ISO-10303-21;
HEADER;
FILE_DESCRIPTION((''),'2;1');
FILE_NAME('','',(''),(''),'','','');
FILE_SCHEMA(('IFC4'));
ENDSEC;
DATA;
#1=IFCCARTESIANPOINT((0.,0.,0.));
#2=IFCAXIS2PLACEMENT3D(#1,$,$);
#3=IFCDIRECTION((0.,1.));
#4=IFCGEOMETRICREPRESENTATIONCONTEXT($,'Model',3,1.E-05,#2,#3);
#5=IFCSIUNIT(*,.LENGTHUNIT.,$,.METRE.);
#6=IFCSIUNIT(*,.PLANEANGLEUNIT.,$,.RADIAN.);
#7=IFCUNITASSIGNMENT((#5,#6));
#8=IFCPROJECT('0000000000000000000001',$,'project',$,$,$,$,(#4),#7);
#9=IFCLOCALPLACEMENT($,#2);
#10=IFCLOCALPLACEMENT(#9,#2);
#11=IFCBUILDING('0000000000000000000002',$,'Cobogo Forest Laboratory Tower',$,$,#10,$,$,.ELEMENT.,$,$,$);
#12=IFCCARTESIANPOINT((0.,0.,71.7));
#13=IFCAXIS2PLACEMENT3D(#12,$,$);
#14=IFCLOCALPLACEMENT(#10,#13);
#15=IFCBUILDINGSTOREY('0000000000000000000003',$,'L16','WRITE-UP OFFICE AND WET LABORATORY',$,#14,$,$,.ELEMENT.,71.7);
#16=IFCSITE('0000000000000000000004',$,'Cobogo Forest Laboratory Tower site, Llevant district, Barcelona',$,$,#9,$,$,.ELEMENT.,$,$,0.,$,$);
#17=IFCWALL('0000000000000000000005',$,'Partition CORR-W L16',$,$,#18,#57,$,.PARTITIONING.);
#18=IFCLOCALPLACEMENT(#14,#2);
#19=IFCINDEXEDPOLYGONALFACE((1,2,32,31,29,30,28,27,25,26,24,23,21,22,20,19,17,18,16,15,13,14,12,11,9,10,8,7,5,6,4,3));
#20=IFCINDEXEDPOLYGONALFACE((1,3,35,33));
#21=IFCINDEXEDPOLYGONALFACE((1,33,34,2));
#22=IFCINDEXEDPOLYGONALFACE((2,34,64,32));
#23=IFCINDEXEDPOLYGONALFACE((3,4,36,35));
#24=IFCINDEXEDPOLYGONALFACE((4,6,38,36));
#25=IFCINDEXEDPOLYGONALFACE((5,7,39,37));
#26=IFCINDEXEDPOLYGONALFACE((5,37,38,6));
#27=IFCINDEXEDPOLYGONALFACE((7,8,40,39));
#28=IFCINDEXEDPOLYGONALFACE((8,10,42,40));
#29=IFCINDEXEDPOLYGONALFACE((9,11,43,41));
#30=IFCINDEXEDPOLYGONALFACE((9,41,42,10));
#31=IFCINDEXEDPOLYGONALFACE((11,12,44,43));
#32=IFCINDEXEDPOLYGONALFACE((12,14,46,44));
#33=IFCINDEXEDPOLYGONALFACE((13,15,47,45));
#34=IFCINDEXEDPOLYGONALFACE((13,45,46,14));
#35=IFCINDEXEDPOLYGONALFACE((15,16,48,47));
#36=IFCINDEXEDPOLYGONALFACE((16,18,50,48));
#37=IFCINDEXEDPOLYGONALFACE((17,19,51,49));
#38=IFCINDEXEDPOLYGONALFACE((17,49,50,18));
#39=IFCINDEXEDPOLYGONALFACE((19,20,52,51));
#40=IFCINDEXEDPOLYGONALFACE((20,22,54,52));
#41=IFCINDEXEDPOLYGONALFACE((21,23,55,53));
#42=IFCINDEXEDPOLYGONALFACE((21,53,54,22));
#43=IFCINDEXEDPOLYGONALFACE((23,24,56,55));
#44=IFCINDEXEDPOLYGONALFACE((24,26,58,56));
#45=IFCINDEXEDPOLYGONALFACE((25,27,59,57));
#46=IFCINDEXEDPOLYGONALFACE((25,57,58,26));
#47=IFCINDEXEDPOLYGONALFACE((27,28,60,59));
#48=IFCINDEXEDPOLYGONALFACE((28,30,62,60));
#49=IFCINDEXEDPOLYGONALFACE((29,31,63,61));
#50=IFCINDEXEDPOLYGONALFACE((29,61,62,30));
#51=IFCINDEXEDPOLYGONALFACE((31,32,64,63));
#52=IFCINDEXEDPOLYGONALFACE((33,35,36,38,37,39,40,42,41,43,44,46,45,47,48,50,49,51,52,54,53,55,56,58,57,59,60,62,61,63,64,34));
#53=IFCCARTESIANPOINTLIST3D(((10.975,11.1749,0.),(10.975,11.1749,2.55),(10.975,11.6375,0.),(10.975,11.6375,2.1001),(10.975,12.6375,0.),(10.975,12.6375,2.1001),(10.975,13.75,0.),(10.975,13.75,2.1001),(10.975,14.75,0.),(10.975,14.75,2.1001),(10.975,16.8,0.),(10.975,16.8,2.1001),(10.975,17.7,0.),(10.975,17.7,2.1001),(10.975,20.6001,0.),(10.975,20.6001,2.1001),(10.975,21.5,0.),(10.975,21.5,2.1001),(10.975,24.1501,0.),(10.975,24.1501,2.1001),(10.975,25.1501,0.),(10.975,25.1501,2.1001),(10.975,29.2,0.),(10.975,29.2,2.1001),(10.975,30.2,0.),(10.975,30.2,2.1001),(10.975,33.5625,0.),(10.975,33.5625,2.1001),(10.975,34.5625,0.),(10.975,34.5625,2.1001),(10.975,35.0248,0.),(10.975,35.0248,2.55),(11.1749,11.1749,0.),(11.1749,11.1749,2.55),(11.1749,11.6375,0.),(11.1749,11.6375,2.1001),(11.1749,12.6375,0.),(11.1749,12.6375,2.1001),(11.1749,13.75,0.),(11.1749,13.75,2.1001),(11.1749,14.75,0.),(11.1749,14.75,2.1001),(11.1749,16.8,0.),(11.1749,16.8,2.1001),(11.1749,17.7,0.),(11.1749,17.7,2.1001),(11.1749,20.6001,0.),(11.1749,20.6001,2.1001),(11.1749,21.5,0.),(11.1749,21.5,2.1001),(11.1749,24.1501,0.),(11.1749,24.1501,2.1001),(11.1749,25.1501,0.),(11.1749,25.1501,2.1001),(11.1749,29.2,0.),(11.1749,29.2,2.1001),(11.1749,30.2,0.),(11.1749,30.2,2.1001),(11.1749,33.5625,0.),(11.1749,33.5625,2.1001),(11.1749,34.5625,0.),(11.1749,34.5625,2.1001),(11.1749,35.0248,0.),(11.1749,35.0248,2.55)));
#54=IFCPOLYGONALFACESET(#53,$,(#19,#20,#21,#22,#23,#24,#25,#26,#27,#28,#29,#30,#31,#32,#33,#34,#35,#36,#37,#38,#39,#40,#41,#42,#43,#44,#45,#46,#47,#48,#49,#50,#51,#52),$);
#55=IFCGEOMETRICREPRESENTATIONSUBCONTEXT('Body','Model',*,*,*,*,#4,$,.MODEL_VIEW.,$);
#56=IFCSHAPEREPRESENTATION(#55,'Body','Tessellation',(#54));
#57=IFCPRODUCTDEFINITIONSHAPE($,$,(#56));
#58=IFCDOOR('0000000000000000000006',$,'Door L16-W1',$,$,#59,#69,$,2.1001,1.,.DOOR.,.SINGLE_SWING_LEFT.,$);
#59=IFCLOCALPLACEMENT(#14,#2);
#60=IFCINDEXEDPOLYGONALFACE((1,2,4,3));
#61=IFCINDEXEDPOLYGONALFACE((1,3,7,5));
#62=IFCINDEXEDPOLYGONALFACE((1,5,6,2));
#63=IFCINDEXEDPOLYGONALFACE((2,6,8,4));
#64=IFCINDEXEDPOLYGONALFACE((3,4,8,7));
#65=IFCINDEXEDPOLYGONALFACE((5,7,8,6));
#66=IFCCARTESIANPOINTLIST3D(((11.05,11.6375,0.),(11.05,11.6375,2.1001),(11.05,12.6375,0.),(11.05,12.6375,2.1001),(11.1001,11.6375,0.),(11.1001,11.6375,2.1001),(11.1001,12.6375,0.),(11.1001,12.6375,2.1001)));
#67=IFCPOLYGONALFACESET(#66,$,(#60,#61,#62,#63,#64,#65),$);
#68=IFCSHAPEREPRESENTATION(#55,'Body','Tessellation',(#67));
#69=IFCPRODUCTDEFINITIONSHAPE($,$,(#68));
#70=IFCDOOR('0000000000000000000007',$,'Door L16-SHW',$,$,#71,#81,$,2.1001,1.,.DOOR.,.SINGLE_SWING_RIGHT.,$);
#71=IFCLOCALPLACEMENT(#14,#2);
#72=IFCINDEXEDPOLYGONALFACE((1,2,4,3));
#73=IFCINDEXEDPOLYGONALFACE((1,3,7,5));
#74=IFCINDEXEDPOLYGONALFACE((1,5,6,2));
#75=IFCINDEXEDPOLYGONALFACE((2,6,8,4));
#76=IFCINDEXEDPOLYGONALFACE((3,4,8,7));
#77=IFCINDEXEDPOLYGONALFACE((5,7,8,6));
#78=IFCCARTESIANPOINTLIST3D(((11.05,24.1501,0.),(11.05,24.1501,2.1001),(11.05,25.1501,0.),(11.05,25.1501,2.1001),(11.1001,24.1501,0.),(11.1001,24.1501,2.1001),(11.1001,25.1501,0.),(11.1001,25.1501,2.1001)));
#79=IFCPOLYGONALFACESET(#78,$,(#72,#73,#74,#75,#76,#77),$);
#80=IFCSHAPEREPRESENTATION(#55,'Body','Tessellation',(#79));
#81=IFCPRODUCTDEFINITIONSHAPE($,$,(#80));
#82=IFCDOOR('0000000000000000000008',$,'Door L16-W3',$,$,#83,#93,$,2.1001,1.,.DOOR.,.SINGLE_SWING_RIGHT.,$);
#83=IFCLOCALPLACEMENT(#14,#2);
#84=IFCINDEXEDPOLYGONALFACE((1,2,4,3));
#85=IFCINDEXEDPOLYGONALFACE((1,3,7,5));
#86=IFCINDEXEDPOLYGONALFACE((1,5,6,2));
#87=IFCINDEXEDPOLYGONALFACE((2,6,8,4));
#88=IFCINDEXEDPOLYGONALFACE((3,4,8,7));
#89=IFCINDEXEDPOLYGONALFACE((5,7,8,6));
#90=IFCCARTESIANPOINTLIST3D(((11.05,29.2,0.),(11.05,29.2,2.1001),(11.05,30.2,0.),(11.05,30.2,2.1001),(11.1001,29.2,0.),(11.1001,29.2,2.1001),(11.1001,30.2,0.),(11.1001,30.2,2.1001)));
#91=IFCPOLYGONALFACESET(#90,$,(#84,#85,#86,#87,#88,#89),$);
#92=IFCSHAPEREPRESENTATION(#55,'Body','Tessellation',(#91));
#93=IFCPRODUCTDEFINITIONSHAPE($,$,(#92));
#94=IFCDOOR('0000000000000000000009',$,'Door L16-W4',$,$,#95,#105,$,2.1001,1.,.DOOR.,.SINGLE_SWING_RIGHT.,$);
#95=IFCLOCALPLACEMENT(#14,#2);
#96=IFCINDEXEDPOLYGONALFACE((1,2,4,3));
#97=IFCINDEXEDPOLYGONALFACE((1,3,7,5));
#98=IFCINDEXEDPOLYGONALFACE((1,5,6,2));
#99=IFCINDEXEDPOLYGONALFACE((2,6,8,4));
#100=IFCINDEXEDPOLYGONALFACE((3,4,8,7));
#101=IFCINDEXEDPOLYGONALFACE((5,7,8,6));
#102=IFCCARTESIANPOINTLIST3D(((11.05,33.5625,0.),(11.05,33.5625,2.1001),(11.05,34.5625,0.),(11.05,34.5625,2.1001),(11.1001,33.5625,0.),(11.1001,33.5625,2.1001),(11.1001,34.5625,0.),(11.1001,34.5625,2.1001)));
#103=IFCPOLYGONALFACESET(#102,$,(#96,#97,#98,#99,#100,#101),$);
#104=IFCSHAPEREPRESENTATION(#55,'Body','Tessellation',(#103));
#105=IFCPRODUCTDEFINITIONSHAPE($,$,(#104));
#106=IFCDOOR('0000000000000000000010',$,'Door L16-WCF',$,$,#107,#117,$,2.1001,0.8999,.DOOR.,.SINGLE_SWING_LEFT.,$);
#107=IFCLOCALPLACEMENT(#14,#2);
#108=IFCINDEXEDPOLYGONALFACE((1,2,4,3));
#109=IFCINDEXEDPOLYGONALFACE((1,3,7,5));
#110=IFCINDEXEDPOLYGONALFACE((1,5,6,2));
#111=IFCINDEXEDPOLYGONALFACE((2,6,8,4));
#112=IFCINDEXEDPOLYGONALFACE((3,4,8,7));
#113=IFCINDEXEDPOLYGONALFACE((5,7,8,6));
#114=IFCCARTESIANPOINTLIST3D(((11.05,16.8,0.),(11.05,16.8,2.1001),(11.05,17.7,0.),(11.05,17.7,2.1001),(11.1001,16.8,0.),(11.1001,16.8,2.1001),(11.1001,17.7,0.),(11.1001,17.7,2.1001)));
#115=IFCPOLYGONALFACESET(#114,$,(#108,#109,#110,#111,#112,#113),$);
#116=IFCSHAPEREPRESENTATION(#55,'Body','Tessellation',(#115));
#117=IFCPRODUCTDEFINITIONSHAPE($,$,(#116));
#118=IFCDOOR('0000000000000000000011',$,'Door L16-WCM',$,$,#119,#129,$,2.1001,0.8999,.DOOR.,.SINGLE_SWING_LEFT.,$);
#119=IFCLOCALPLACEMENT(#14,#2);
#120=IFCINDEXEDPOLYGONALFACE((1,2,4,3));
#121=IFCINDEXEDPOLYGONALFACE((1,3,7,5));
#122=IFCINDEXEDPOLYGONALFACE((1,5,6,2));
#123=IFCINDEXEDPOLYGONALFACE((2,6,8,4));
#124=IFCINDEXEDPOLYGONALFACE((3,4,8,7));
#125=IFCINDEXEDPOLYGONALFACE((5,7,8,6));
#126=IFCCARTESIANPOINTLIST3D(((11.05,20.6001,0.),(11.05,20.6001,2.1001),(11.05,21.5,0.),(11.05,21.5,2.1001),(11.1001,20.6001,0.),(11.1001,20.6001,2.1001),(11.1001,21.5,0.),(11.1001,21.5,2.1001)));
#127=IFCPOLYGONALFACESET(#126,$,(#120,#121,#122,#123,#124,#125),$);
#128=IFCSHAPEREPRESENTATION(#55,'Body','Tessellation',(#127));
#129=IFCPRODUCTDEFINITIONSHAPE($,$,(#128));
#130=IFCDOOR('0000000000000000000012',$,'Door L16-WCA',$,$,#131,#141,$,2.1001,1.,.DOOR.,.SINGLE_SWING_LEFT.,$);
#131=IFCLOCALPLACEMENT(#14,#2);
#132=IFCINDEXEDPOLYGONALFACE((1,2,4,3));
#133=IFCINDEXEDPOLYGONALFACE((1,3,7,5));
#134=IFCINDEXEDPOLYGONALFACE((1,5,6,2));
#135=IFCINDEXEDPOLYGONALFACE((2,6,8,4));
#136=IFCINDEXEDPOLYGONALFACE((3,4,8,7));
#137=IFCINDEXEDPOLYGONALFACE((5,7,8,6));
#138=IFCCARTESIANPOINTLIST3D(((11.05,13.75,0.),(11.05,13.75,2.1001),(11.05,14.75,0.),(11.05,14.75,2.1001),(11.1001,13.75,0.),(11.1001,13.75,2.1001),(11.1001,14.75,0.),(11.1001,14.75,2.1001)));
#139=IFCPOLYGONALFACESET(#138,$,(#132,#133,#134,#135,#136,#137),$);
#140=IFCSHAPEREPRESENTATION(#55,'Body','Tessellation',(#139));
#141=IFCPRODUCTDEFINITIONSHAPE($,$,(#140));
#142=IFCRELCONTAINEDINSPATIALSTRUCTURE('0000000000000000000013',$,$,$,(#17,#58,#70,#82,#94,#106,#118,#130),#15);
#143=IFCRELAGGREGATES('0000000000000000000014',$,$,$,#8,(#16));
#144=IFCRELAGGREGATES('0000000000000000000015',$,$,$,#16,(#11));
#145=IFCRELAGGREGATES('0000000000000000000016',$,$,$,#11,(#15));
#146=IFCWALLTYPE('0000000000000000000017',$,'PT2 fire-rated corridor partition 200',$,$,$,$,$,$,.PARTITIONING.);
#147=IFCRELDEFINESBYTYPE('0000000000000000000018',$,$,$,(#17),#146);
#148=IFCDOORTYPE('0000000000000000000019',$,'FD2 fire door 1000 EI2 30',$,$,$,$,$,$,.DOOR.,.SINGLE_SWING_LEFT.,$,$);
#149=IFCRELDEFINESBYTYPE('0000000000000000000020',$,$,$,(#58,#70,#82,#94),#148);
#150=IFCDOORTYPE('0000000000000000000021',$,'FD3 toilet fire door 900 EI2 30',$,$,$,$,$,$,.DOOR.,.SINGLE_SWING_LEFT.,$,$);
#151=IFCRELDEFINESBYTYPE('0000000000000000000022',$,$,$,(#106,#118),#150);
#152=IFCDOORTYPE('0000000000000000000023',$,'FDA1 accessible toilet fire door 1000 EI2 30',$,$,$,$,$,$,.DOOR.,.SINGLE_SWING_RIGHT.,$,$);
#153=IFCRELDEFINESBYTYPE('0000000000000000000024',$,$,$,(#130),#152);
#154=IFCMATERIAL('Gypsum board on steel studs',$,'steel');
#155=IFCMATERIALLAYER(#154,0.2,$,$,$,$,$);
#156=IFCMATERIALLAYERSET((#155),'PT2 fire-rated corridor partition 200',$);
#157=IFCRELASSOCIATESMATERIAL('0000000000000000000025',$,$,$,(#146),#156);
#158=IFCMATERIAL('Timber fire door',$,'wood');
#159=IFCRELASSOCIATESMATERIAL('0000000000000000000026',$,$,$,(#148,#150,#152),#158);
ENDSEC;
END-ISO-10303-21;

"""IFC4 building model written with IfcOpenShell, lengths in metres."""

from ifc_helpers import new_model, si_unit, direction, frame, frame_2d, origin, place, context, subcontext, project, spatial, rectangle, extrude, material, layer, layer_set, type_object, element, fill, save


model = new_model("IFC4")

# Units and contexts
model_context = context("Model", 3, precision=1e-05, world=origin(), true_north=direction((0.0, 1.0)))
body_context = subcontext(model_context, "Body", "Model", "MODEL_VIEW")
ifc_project = project(units=[si_unit("LENGTHUNIT", "METRE"), si_unit("PLANEANGLEUNIT", "RADIAN")], contexts=[model_context])

# Site, building, storey
site_placement = place(None, origin())
site = spatial("IfcSite", under=ifc_project, at=site_placement, Name="Cobogo Forest Laboratory Tower site, Llevant district, Barcelona", CompositionType="ELEMENT", RefElevation=0.0)
building_placement = place(site_placement, origin())
building = spatial("IfcBuilding", under=site, at=building_placement, Name="Cobogo Forest Laboratory Tower", CompositionType="ELEMENT")
storey_placement = place(building_placement, frame((0.0, 0.0, 71.7)))
storey = spatial("IfcBuildingStorey", under=building, at=storey_placement, Name="L16", Description="WRITE-UP OFFICE AND WET LABORATORY", CompositionType="ELEMENT", Elevation=71.7)

# Shared definitions
ifc_material_1 = material(Name="Gypsum board on steel studs", Category="steel")

# Wall, openings, doors
ifc_layer_1 = layer(ifc_material_1, 0.2)
ifc_layer_set_1 = layer_set([ifc_layer_1], Name="PT2 fire-rated corridor partition 200")
wall_type_1 = type_object("IfcWallType", Name="PT2 fire-rated corridor partition 200", PredefinedType="PARTITIONING", material=ifc_layer_set_1)
ifc_material_2 = material(Name="Timber fire door", Category="wood")
door_type_1 = type_object("IfcDoorType", Name="FD2 fire door 1000 EI2 30", OperationType="SINGLE_SWING_LEFT", PredefinedType="DOOR", material=ifc_material_2)
wall_1_placement = place(storey_placement, frame((11.075, 11.175, 0.0), z_axis=(0.0, 0.0, 1.0), x_axis=(0.0, 1.0, 0.0)))
wall_1 = element("IfcWall", 1, at=wall_1_placement, inside=storey, type_object=wall_type_1, Name="Partition CORR-W L16", PredefinedType="PARTITIONING", context=body_context, shape_type="SweptSolid", body=[
    extrude(rectangle(XDim=23.8499, YDim=0.2, at=frame_2d((11.9248, 0.0))), origin(), (0.0, 0.0, 1.0), 2.55),
])
opening_1_placement = place(wall_1_placement, frame((0.4624, 0.0, 0.0)))
opening_1 = element("IfcOpeningElement", 2, at=opening_1_placement, cuts=wall_1, PredefinedType="OPENING", context=body_context, shape_type="SweptSolid", body=[
    extrude(rectangle(XDim=1.0, YDim=2.1001, at=frame_2d((0.5, 1.05))), frame((0.0, 0.1099, 0.0), z_axis=(0.0, -1.0, 0.0), x_axis=(1.0, 0.0, 0.0)), (0.0, 0.0, 1.0), 0.22),
])
opening_2_placement = place(wall_1_placement, frame((2.575, 0.0, 0.0)))
opening_2 = element("IfcOpeningElement", 3, at=opening_2_placement, cuts=wall_1, PredefinedType="OPENING", context=body_context, shape_type="SweptSolid", body=[
    extrude(rectangle(XDim=1.0, YDim=2.1001, at=frame_2d((0.5, 1.05))), frame((0.0, 0.1099, 0.0), z_axis=(0.0, -1.0, 0.0), x_axis=(1.0, 0.0, 0.0)), (0.0, 0.0, 1.0), 0.22),
])
opening_3_placement = place(wall_1_placement, frame((5.625, 0.0, 0.0)))
opening_3 = element("IfcOpeningElement", 4, at=opening_3_placement, cuts=wall_1, PredefinedType="OPENING", context=body_context, shape_type="SweptSolid", body=[
    extrude(rectangle(XDim=0.8999, YDim=2.1001, at=frame_2d((0.45, 1.05))), frame((0.0, 0.1099, 0.0), z_axis=(0.0, -1.0, 0.0), x_axis=(1.0, 0.0, 0.0)), (0.0, 0.0, 1.0), 0.22),
])
opening_4_placement = place(wall_1_placement, frame((9.425, 0.0, 0.0)))
opening_4 = element("IfcOpeningElement", 5, at=opening_4_placement, cuts=wall_1, PredefinedType="OPENING", context=body_context, shape_type="SweptSolid", body=[
    extrude(rectangle(XDim=0.8999, YDim=2.1001, at=frame_2d((0.45, 1.05))), frame((0.0, 0.1099, 0.0), z_axis=(0.0, -1.0, 0.0), x_axis=(1.0, 0.0, 0.0)), (0.0, 0.0, 1.0), 0.22),
])
opening_5_placement = place(wall_1_placement, frame((12.9751, 0.0, 0.0)))
opening_5 = element("IfcOpeningElement", 6, at=opening_5_placement, cuts=wall_1, PredefinedType="OPENING", context=body_context, shape_type="SweptSolid", body=[
    extrude(rectangle(XDim=1.0, YDim=2.1001, at=frame_2d((0.5, 1.05))), frame((0.0, 0.1099, 0.0), z_axis=(0.0, -1.0, 0.0), x_axis=(1.0, 0.0, 0.0)), (0.0, 0.0, 1.0), 0.22),
])
opening_6_placement = place(wall_1_placement, frame((18.0249, 0.0, 0.0)))
opening_6 = element("IfcOpeningElement", 7, at=opening_6_placement, cuts=wall_1, PredefinedType="OPENING", context=body_context, shape_type="SweptSolid", body=[
    extrude(rectangle(XDim=1.0, YDim=2.1001, at=frame_2d((0.5, 1.05))), frame((0.0, 0.1099, 0.0), z_axis=(0.0, -1.0, 0.0), x_axis=(1.0, 0.0, 0.0)), (0.0, 0.0, 1.0), 0.22),
])
opening_7_placement = place(wall_1_placement, frame((22.3875, 0.0, 0.0)))
opening_7 = element("IfcOpeningElement", 8, at=opening_7_placement, cuts=wall_1, PredefinedType="OPENING", context=body_context, shape_type="SweptSolid", body=[
    extrude(rectangle(XDim=1.0, YDim=2.1001, at=frame_2d((0.5, 1.05))), frame((0.0, 0.1099, 0.0), z_axis=(0.0, -1.0, 0.0), x_axis=(1.0, 0.0, 0.0)), (0.0, 0.0, 1.0), 0.22),
])
door_1_placement = place(opening_1_placement, origin())
door_1 = element("IfcDoor", 9, at=door_1_placement, inside=storey, type_object=door_type_1, Name="Door L16-W1", OperationType="SINGLE_SWING_LEFT", OverallHeight=2.1001, OverallWidth=1.0, PredefinedType="DOOR", context=body_context, shape_type="SweptSolid", body=[
    extrude(rectangle(XDim=1.0, YDim=2.1001, at=frame_2d((0.5, 1.05))), frame((0.0, 0.0249, 0.0), z_axis=(0.0, -1.0, 0.0), x_axis=(1.0, 0.0, 0.0)), (0.0, 0.0, 1.0), 0.05),
])
fill(opening_1, door_1)
door_2_placement = place(opening_5_placement, origin())
door_2 = element("IfcDoor", 10, at=door_2_placement, inside=storey, type_object=door_type_1, Name="Door L16-SHW", OperationType="SINGLE_SWING_RIGHT", OverallHeight=2.1001, OverallWidth=1.0, PredefinedType="DOOR", context=body_context, shape_type="SweptSolid", body=[
    extrude(rectangle(XDim=1.0, YDim=2.1001, at=frame_2d((0.5, 1.05))), frame((0.0, 0.0249, 0.0), z_axis=(0.0, -1.0, 0.0), x_axis=(1.0, 0.0, 0.0)), (0.0, 0.0, 1.0), 0.05),
])
fill(opening_5, door_2)
door_3_placement = place(opening_6_placement, origin())
door_3 = element("IfcDoor", 11, at=door_3_placement, inside=storey, type_object=door_type_1, Name="Door L16-W3", OperationType="SINGLE_SWING_RIGHT", OverallHeight=2.1001, OverallWidth=1.0, PredefinedType="DOOR", context=body_context, shape_type="SweptSolid", body=[
    extrude(rectangle(XDim=1.0, YDim=2.1001, at=frame_2d((0.5, 1.05))), frame((0.0, 0.0249, 0.0), z_axis=(0.0, -1.0, 0.0), x_axis=(1.0, 0.0, 0.0)), (0.0, 0.0, 1.0), 0.05),
])
fill(opening_6, door_3)
door_4_placement = place(opening_7_placement, origin())
door_4 = element("IfcDoor", 12, at=door_4_placement, inside=storey, type_object=door_type_1, Name="Door L16-W4", OperationType="SINGLE_SWING_RIGHT", OverallHeight=2.1001, OverallWidth=1.0, PredefinedType="DOOR", context=body_context, shape_type="SweptSolid", body=[
    extrude(rectangle(XDim=1.0, YDim=2.1001, at=frame_2d((0.5, 1.05))), frame((0.0, 0.0249, 0.0), z_axis=(0.0, -1.0, 0.0), x_axis=(1.0, 0.0, 0.0)), (0.0, 0.0, 1.0), 0.05),
])
fill(opening_7, door_4)
door_type_2 = type_object("IfcDoorType", Name="FD3 toilet fire door 900 EI2 30", OperationType="SINGLE_SWING_LEFT", PredefinedType="DOOR", material=ifc_material_2)
door_5_placement = place(opening_3_placement, origin())
door_5 = element("IfcDoor", 13, at=door_5_placement, inside=storey, type_object=door_type_2, Name="Door L16-WCF", OperationType="SINGLE_SWING_LEFT", OverallHeight=2.1001, OverallWidth=0.8999, PredefinedType="DOOR", context=body_context, shape_type="SweptSolid", body=[
    extrude(rectangle(XDim=0.8999, YDim=2.1001, at=frame_2d((0.45, 1.05))), frame((0.0, 0.0249, 0.0), z_axis=(0.0, -1.0, 0.0), x_axis=(1.0, 0.0, 0.0)), (0.0, 0.0, 1.0), 0.05),
])
fill(opening_3, door_5)
door_6_placement = place(opening_4_placement, origin())
door_6 = element("IfcDoor", 14, at=door_6_placement, inside=storey, type_object=door_type_2, Name="Door L16-WCM", OperationType="SINGLE_SWING_LEFT", OverallHeight=2.1001, OverallWidth=0.8999, PredefinedType="DOOR", context=body_context, shape_type="SweptSolid", body=[
    extrude(rectangle(XDim=0.8999, YDim=2.1001, at=frame_2d((0.45, 1.05))), frame((0.0, 0.0249, 0.0), z_axis=(0.0, -1.0, 0.0), x_axis=(1.0, 0.0, 0.0)), (0.0, 0.0, 1.0), 0.05),
])
fill(opening_4, door_6)
door_type_3 = type_object("IfcDoorType", Name="FDA1 accessible toilet fire door 1000 EI2 30", OperationType="SINGLE_SWING_RIGHT", PredefinedType="DOOR", material=ifc_material_2)
door_7_placement = place(opening_2_placement, origin())
door_7 = element("IfcDoor", 15, at=door_7_placement, inside=storey, type_object=door_type_3, Name="Door L16-WCA", OperationType="SINGLE_SWING_LEFT", OverallHeight=2.1001, OverallWidth=1.0, PredefinedType="DOOR", context=body_context, shape_type="SweptSolid", body=[
    extrude(rectangle(XDim=1.0, YDim=2.1001, at=frame_2d((0.5, 1.05))), frame((0.0, 0.0249, 0.0), z_axis=(0.0, -1.0, 0.0), x_axis=(1.0, 0.0, 0.0)), (0.0, 0.0, 1.0), 0.05),
])
fill(opening_2, door_7)

save(model, "model.ifc")
